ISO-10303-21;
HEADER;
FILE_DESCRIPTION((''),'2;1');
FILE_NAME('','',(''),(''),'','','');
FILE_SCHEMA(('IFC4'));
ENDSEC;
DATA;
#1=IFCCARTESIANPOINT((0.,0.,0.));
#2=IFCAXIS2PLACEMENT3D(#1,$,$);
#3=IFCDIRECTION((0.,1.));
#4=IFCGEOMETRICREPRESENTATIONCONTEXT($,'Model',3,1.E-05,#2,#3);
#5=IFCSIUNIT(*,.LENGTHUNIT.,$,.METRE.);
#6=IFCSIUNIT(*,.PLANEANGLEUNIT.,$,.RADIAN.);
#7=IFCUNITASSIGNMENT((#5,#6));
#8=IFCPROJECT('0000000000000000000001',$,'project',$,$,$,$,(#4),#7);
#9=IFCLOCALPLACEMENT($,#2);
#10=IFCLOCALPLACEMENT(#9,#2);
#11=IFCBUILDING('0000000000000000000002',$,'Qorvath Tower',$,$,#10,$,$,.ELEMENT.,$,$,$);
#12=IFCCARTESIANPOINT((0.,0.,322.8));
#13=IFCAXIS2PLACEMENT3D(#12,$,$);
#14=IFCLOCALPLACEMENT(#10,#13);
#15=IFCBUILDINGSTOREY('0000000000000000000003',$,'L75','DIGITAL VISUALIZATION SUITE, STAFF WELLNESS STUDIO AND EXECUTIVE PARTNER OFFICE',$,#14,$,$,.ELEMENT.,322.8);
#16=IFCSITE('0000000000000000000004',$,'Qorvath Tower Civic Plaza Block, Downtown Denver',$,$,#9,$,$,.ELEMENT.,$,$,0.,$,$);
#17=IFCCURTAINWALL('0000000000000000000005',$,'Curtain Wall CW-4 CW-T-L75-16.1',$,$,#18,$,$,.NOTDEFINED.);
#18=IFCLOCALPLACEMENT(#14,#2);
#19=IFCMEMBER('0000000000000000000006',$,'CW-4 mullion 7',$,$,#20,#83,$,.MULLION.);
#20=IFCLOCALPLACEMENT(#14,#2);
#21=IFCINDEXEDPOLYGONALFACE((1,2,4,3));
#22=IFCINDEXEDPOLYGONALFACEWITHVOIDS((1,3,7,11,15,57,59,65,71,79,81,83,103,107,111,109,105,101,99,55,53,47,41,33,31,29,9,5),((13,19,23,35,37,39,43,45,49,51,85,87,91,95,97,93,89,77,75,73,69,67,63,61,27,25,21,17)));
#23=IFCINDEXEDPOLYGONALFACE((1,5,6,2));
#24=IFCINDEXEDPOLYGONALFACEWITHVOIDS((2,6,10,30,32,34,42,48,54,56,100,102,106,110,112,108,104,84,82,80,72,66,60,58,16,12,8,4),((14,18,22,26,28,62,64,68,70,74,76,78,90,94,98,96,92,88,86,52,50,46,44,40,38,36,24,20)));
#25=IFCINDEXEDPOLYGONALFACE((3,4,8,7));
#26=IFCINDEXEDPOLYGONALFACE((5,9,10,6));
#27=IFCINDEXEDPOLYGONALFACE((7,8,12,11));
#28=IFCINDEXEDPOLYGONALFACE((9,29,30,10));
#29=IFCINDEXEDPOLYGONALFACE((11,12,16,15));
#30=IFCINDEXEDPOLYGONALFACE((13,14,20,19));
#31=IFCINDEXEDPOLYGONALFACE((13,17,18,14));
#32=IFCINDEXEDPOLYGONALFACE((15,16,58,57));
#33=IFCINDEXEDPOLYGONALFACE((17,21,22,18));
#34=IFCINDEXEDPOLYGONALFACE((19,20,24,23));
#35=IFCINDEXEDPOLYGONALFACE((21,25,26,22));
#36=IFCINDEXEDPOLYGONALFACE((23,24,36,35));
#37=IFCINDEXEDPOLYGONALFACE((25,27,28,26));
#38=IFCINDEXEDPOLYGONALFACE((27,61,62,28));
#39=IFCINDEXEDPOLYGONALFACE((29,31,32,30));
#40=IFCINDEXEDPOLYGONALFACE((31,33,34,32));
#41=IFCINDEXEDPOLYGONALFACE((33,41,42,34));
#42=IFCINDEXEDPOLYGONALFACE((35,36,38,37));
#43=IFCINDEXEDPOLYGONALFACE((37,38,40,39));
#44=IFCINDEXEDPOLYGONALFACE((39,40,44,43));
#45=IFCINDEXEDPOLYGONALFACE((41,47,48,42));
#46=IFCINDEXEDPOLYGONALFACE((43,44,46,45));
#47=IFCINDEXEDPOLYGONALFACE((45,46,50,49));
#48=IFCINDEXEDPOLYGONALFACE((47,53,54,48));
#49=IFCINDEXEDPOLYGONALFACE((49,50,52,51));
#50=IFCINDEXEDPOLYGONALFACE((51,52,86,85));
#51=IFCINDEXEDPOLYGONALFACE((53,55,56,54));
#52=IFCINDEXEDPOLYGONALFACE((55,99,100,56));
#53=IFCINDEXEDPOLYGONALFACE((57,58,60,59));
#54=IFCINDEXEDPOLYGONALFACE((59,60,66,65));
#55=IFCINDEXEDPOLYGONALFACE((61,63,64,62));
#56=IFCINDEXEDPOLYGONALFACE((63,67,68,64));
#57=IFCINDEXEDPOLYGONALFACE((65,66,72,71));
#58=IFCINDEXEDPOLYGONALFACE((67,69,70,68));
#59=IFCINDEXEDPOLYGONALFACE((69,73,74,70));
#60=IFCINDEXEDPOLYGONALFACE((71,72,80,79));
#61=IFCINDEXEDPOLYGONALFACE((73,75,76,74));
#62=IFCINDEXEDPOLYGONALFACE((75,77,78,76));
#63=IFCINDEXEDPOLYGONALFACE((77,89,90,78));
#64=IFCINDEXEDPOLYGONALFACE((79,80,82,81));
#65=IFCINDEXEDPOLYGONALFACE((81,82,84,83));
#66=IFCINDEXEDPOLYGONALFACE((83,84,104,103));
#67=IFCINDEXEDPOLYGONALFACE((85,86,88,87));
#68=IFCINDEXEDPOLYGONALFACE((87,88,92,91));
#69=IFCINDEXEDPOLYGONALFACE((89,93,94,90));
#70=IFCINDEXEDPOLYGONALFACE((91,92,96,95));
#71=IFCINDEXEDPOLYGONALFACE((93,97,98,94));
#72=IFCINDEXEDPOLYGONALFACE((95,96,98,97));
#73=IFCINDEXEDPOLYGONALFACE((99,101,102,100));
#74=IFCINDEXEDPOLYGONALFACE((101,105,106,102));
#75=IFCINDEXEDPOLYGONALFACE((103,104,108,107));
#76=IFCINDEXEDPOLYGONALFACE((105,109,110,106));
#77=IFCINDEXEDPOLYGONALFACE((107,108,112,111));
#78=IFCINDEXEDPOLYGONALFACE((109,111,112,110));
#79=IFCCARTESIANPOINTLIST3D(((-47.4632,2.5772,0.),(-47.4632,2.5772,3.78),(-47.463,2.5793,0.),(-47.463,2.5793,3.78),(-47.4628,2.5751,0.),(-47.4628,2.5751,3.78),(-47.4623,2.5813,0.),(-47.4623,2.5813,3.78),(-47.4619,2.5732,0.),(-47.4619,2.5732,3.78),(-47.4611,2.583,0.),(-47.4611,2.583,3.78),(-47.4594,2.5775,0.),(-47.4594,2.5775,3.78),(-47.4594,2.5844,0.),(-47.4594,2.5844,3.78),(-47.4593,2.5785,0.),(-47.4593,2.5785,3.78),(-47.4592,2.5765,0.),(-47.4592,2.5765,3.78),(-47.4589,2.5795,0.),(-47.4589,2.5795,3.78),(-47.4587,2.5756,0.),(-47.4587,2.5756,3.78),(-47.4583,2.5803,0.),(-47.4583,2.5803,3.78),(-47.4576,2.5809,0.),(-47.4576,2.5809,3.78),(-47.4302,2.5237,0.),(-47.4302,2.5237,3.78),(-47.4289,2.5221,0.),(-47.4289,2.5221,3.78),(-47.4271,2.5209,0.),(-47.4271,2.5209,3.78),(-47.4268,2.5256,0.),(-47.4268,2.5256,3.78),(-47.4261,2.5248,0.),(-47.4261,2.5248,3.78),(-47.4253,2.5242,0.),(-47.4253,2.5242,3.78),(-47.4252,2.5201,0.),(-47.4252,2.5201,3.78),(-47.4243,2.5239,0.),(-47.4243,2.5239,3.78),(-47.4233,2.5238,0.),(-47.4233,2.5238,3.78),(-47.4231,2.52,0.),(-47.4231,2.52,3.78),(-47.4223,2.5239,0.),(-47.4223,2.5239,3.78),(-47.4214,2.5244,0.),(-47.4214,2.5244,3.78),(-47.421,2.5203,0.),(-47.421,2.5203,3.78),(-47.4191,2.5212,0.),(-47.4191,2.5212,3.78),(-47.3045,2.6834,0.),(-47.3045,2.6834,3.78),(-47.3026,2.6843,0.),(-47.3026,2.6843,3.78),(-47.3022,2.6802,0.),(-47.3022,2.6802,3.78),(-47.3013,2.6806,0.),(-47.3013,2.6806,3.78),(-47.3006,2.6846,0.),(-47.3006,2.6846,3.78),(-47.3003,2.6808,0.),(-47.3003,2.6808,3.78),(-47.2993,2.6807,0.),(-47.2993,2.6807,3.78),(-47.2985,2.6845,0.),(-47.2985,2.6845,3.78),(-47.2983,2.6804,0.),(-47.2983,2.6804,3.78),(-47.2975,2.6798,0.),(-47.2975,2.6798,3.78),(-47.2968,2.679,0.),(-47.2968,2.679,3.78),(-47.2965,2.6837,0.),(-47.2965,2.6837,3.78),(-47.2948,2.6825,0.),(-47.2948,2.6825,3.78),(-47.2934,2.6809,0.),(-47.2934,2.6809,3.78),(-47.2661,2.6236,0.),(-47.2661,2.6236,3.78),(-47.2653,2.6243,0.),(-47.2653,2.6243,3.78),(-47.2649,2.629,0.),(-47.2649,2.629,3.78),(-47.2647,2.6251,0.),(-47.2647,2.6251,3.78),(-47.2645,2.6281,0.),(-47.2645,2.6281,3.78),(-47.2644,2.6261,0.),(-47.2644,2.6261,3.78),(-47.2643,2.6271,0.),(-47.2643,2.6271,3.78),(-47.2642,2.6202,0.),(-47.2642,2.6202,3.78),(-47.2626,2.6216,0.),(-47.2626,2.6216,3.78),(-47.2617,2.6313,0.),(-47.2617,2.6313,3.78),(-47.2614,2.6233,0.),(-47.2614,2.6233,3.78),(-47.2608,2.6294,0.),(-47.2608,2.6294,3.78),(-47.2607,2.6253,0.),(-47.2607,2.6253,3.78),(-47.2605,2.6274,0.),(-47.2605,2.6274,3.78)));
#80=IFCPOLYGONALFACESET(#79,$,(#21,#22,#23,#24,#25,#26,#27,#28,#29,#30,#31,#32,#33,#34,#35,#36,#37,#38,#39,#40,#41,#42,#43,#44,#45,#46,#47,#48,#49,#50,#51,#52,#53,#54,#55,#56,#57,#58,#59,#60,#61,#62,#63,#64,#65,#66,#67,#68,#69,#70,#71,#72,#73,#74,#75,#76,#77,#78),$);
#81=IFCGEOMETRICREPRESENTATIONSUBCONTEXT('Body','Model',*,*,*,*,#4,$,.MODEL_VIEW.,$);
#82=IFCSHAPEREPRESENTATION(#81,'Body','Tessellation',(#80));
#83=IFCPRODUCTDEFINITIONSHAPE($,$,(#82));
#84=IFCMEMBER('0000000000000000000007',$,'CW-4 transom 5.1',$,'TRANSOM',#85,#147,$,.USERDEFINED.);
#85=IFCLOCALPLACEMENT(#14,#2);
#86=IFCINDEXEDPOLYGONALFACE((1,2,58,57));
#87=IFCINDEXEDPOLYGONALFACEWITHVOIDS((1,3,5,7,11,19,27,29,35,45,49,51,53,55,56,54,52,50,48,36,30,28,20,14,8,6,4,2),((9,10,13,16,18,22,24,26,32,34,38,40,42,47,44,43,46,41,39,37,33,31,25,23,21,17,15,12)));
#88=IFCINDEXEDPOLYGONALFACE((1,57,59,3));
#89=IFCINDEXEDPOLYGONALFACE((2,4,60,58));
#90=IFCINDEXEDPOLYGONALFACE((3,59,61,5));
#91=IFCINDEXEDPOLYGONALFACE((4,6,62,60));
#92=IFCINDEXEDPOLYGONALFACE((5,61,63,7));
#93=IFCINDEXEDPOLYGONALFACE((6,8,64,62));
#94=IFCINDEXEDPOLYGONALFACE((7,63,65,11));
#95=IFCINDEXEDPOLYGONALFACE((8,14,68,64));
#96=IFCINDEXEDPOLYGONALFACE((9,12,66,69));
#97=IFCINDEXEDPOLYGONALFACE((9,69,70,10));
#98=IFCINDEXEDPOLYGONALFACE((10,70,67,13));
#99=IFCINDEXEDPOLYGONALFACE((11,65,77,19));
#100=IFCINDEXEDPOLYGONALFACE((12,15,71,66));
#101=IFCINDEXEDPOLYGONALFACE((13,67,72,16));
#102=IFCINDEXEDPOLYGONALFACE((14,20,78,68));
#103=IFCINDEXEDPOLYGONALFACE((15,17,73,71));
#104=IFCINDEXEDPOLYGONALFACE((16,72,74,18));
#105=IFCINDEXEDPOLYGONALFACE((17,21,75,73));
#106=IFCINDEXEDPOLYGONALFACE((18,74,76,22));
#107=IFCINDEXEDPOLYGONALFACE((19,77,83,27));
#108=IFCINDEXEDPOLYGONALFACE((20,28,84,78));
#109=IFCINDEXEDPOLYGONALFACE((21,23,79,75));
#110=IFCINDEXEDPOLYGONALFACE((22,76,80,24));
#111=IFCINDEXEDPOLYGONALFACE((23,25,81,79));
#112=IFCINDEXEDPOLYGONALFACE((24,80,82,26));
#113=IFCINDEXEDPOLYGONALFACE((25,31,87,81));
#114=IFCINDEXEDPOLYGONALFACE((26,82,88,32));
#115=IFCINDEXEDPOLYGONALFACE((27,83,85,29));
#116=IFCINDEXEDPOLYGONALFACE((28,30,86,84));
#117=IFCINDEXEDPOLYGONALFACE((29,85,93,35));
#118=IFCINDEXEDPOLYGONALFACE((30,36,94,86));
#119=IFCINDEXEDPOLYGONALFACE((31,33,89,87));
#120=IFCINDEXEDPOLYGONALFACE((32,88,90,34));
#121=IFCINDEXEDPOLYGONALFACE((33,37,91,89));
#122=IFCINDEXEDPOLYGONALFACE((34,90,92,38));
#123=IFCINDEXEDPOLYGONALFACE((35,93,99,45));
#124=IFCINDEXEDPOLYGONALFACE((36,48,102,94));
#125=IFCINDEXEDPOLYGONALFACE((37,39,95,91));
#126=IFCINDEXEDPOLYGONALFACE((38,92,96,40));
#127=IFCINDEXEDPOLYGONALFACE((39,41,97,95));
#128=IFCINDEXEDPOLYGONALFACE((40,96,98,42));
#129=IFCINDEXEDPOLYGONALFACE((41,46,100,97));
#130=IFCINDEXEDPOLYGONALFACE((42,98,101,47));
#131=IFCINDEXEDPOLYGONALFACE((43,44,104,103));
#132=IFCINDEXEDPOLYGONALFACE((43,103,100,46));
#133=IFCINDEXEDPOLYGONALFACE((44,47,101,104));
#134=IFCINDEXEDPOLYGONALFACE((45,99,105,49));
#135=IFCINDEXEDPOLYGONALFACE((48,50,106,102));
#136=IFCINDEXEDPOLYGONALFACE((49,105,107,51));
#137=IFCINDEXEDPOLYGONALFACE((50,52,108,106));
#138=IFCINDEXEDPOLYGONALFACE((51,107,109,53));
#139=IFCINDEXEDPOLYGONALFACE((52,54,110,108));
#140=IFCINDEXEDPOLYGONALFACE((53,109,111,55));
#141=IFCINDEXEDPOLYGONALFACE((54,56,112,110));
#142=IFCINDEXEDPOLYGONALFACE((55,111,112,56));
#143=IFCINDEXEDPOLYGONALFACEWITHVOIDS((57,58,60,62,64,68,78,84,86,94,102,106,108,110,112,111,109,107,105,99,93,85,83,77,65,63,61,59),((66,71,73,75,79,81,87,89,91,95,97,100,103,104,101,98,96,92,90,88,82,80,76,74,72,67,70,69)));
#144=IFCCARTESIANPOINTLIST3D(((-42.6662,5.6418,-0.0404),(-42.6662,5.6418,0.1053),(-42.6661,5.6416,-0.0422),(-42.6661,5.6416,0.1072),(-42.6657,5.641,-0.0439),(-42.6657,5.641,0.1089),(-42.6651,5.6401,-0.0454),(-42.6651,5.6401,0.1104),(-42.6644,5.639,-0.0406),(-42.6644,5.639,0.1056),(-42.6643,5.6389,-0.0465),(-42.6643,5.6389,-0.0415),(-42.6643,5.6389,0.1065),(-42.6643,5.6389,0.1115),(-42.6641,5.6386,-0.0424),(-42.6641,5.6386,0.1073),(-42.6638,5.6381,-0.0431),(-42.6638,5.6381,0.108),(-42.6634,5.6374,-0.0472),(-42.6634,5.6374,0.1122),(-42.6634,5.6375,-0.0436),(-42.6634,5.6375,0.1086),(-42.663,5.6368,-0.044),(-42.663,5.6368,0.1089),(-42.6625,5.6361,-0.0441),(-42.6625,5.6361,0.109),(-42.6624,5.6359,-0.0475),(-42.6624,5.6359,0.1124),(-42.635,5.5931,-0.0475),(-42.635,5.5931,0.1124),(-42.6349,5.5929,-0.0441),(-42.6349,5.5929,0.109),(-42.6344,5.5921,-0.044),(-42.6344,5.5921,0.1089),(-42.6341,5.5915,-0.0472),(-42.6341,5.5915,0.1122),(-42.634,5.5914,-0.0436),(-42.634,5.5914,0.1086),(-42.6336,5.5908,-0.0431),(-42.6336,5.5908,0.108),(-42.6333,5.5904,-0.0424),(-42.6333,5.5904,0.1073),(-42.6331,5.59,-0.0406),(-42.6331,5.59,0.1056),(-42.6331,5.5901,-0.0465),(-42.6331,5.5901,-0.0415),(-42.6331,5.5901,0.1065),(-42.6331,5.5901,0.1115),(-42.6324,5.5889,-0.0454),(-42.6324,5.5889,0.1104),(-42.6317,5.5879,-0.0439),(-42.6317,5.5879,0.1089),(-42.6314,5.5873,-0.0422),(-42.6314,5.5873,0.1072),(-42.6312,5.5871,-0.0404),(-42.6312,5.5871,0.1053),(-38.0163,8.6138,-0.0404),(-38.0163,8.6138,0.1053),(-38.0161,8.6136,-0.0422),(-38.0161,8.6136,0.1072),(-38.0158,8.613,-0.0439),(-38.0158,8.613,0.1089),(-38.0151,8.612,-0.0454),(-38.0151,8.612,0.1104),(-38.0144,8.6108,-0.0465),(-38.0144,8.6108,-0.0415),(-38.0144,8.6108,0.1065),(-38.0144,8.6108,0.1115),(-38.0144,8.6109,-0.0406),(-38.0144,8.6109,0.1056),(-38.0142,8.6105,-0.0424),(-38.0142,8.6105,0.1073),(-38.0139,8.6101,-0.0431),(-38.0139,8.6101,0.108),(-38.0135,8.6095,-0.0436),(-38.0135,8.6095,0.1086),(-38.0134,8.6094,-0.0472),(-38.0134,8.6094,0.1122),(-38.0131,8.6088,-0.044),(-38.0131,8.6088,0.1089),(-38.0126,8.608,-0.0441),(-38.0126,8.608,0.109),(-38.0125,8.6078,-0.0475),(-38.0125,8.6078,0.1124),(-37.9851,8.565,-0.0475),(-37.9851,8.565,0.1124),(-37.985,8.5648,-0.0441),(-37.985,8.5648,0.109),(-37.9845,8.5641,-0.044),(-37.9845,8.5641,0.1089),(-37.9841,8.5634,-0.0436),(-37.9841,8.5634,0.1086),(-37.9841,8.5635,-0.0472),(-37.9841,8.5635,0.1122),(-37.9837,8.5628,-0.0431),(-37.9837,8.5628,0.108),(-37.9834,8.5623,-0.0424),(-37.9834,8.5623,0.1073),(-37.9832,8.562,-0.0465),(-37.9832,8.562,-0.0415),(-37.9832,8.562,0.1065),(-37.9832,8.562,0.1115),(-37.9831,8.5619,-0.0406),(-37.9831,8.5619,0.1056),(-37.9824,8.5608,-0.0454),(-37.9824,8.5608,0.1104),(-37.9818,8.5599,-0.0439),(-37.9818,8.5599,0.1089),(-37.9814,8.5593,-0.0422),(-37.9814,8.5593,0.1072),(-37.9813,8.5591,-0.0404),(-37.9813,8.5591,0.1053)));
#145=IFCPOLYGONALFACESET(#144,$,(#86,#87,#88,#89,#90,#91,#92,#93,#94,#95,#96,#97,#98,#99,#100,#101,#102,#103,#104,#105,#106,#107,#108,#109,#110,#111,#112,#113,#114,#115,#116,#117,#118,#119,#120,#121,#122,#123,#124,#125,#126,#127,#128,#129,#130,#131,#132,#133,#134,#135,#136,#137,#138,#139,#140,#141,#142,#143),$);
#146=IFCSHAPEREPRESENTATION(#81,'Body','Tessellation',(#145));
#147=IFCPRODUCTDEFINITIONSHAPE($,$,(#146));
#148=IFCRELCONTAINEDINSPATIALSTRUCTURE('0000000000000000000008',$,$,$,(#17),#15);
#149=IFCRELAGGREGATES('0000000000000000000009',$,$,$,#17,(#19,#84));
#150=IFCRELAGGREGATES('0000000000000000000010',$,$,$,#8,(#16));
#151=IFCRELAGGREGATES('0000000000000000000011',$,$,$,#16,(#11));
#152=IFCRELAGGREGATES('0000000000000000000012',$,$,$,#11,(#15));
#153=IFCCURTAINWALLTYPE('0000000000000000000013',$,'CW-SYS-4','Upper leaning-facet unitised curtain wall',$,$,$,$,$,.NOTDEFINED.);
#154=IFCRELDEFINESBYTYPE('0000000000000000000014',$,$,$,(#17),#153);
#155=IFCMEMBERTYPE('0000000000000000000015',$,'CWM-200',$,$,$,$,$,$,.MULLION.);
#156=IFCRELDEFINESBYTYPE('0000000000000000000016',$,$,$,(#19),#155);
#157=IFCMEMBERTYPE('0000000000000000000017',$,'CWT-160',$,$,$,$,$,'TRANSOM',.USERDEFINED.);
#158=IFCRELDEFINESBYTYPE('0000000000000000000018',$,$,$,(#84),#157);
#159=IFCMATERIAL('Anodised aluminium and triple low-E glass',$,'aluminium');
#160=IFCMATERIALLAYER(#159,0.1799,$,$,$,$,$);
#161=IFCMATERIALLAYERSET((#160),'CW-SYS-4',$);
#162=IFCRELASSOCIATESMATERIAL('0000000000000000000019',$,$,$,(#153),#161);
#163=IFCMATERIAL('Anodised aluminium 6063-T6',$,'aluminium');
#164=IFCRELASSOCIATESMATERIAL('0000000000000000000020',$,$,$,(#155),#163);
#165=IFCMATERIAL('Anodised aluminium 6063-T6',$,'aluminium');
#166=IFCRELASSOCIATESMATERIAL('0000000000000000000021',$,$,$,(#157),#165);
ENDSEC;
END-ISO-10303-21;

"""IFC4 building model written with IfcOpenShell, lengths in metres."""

from ifc_helpers import new_model, si_unit, direction, frame, origin, origin_2d, place, context, subcontext, project, spatial, hollow_rectangle, extrude, material, layer, layer_set, material_profile, profile_set, type_object, element, aggregate, save


model = new_model("IFC4")

# Units and contexts
model_context = context("Model", 3, precision=1e-05, world=origin(), true_north=direction((0.0, 1.0)))
body_context = subcontext(model_context, "Body", "Model", "MODEL_VIEW")
ifc_project = project(units=[si_unit("LENGTHUNIT", "METRE"), si_unit("PLANEANGLEUNIT", "RADIAN")], contexts=[model_context])

# Site, building, storey
site_placement = place(None, origin())
site = spatial("IfcSite", under=ifc_project, at=site_placement, Name="Qorvath Tower Civic Plaza Block, Downtown Denver", CompositionType="ELEMENT", RefElevation=0.0)
building_placement = place(site_placement, origin())
building = spatial("IfcBuilding", under=site, at=building_placement, Name="Qorvath Tower", CompositionType="ELEMENT")
storey_placement = place(building_placement, frame((0.0, 0.0, 322.8)))
storey = spatial("IfcBuildingStorey", under=building, at=storey_placement, Name="L75", Description="DIGITAL VISUALIZATION SUITE, STAFF WELLNESS STUDIO AND EXECUTIVE PARTNER OFFICE", CompositionType="ELEMENT", Elevation=322.8)

# Curtain wall, members
ifc_material_1 = material(Name="Anodised aluminium and triple low-E glass", Category="aluminium")
ifc_layer_1 = layer(ifc_material_1, 0.1799)
ifc_layer_set_1 = layer_set([ifc_layer_1], Name="CW-SYS-4")
curtain_wall_type = type_object("IfcCurtainWallType", Name="CW-SYS-4", Description="Upper leaning-facet unitised curtain wall", PredefinedType="NOTDEFINED", material=ifc_layer_set_1)
curtain_wall_placement = place(storey_placement, origin())
curtain_wall = element("IfcCurtainWall", 1, at=curtain_wall_placement, inside=storey, type_object=curtain_wall_type, Name="Curtain Wall CW-4 CW-T-L75-16.1", PredefinedType="NOTDEFINED")
ifc_material_2 = material(Name="Anodised aluminium 6063-T6", Category="aluminium")
ifc_material_profile_1 = material_profile(ifc_material_2, hollow_rectangle(XDim=0.075, YDim=0.2, WallThickness=0.0039, InnerFilletRadius=0.0039, OuterFilletRadius=0.0081, at=origin_2d()), Name="CWM 200x75")
ifc_profile_set_1 = profile_set([ifc_material_profile_1], Name="Anodised aluminium 6063-T6")
member_type_1 = type_object("IfcMemberType", Name="CWM-200", PredefinedType="MULLION", material=ifc_profile_set_1)
member_1_placement = place(storey_placement, frame((-47.3618, 2.6023, 0.0), z_axis=(0.0, 0.0, 1.0), x_axis=(0.538536, -0.842603, 0.0)))
member_1 = element("IfcMember", 2, at=member_1_placement, type_object=member_type_1, Name="CW-4 mullion 7", PredefinedType="MULLION", context=body_context, shape_type="SweptSolid", body=[
    extrude(hollow_rectangle(XDim=0.075, YDim=0.2, WallThickness=0.0039, InnerFilletRadius=0.0039, OuterFilletRadius=0.0081, at=origin_2d()), origin(), (0.0, 0.0, 1.0), 3.78),
])
ifc_material_3 = material(Name="Anodised aluminium 6063-T6", Category="aluminium")
ifc_material_profile_2 = material_profile(ifc_material_3, hollow_rectangle(XDim=0.0649, YDim=0.1599, WallThickness=0.0034, InnerFilletRadius=0.0034, OuterFilletRadius=0.0071, at=origin_2d()), Name="CWT 160x65")
ifc_profile_set_2 = profile_set([ifc_material_profile_2], Name="Anodised aluminium 6063-T6")
member_type_2 = type_object("IfcMemberType", Name="CWT-160", ElementType="TRANSOM", PredefinedType="USERDEFINED", material=ifc_profile_set_2)
member_2_placement = place(storey_placement, frame((-37.9988, 8.5864, 0.0325), z_axis=(-0.842601, -0.538538, 0.0), x_axis=(0.538538, -0.842601, 0.0)))
member_2 = element("IfcMember", 3, at=member_2_placement, type_object=member_type_2, Name="CW-4 transom 5.1", ObjectType="TRANSOM", PredefinedType="USERDEFINED", context=body_context, shape_type="SweptSolid", body=[
    extrude(hollow_rectangle(XDim=0.0649, YDim=0.1599, WallThickness=0.0034, InnerFilletRadius=0.0034, OuterFilletRadius=0.0071, at=origin_2d()), origin(), (0.0, 0.0, 1.0), 5.5186),
])
aggregate(curtain_wall, [member_1, member_2])

save(model, "model.ifc")
